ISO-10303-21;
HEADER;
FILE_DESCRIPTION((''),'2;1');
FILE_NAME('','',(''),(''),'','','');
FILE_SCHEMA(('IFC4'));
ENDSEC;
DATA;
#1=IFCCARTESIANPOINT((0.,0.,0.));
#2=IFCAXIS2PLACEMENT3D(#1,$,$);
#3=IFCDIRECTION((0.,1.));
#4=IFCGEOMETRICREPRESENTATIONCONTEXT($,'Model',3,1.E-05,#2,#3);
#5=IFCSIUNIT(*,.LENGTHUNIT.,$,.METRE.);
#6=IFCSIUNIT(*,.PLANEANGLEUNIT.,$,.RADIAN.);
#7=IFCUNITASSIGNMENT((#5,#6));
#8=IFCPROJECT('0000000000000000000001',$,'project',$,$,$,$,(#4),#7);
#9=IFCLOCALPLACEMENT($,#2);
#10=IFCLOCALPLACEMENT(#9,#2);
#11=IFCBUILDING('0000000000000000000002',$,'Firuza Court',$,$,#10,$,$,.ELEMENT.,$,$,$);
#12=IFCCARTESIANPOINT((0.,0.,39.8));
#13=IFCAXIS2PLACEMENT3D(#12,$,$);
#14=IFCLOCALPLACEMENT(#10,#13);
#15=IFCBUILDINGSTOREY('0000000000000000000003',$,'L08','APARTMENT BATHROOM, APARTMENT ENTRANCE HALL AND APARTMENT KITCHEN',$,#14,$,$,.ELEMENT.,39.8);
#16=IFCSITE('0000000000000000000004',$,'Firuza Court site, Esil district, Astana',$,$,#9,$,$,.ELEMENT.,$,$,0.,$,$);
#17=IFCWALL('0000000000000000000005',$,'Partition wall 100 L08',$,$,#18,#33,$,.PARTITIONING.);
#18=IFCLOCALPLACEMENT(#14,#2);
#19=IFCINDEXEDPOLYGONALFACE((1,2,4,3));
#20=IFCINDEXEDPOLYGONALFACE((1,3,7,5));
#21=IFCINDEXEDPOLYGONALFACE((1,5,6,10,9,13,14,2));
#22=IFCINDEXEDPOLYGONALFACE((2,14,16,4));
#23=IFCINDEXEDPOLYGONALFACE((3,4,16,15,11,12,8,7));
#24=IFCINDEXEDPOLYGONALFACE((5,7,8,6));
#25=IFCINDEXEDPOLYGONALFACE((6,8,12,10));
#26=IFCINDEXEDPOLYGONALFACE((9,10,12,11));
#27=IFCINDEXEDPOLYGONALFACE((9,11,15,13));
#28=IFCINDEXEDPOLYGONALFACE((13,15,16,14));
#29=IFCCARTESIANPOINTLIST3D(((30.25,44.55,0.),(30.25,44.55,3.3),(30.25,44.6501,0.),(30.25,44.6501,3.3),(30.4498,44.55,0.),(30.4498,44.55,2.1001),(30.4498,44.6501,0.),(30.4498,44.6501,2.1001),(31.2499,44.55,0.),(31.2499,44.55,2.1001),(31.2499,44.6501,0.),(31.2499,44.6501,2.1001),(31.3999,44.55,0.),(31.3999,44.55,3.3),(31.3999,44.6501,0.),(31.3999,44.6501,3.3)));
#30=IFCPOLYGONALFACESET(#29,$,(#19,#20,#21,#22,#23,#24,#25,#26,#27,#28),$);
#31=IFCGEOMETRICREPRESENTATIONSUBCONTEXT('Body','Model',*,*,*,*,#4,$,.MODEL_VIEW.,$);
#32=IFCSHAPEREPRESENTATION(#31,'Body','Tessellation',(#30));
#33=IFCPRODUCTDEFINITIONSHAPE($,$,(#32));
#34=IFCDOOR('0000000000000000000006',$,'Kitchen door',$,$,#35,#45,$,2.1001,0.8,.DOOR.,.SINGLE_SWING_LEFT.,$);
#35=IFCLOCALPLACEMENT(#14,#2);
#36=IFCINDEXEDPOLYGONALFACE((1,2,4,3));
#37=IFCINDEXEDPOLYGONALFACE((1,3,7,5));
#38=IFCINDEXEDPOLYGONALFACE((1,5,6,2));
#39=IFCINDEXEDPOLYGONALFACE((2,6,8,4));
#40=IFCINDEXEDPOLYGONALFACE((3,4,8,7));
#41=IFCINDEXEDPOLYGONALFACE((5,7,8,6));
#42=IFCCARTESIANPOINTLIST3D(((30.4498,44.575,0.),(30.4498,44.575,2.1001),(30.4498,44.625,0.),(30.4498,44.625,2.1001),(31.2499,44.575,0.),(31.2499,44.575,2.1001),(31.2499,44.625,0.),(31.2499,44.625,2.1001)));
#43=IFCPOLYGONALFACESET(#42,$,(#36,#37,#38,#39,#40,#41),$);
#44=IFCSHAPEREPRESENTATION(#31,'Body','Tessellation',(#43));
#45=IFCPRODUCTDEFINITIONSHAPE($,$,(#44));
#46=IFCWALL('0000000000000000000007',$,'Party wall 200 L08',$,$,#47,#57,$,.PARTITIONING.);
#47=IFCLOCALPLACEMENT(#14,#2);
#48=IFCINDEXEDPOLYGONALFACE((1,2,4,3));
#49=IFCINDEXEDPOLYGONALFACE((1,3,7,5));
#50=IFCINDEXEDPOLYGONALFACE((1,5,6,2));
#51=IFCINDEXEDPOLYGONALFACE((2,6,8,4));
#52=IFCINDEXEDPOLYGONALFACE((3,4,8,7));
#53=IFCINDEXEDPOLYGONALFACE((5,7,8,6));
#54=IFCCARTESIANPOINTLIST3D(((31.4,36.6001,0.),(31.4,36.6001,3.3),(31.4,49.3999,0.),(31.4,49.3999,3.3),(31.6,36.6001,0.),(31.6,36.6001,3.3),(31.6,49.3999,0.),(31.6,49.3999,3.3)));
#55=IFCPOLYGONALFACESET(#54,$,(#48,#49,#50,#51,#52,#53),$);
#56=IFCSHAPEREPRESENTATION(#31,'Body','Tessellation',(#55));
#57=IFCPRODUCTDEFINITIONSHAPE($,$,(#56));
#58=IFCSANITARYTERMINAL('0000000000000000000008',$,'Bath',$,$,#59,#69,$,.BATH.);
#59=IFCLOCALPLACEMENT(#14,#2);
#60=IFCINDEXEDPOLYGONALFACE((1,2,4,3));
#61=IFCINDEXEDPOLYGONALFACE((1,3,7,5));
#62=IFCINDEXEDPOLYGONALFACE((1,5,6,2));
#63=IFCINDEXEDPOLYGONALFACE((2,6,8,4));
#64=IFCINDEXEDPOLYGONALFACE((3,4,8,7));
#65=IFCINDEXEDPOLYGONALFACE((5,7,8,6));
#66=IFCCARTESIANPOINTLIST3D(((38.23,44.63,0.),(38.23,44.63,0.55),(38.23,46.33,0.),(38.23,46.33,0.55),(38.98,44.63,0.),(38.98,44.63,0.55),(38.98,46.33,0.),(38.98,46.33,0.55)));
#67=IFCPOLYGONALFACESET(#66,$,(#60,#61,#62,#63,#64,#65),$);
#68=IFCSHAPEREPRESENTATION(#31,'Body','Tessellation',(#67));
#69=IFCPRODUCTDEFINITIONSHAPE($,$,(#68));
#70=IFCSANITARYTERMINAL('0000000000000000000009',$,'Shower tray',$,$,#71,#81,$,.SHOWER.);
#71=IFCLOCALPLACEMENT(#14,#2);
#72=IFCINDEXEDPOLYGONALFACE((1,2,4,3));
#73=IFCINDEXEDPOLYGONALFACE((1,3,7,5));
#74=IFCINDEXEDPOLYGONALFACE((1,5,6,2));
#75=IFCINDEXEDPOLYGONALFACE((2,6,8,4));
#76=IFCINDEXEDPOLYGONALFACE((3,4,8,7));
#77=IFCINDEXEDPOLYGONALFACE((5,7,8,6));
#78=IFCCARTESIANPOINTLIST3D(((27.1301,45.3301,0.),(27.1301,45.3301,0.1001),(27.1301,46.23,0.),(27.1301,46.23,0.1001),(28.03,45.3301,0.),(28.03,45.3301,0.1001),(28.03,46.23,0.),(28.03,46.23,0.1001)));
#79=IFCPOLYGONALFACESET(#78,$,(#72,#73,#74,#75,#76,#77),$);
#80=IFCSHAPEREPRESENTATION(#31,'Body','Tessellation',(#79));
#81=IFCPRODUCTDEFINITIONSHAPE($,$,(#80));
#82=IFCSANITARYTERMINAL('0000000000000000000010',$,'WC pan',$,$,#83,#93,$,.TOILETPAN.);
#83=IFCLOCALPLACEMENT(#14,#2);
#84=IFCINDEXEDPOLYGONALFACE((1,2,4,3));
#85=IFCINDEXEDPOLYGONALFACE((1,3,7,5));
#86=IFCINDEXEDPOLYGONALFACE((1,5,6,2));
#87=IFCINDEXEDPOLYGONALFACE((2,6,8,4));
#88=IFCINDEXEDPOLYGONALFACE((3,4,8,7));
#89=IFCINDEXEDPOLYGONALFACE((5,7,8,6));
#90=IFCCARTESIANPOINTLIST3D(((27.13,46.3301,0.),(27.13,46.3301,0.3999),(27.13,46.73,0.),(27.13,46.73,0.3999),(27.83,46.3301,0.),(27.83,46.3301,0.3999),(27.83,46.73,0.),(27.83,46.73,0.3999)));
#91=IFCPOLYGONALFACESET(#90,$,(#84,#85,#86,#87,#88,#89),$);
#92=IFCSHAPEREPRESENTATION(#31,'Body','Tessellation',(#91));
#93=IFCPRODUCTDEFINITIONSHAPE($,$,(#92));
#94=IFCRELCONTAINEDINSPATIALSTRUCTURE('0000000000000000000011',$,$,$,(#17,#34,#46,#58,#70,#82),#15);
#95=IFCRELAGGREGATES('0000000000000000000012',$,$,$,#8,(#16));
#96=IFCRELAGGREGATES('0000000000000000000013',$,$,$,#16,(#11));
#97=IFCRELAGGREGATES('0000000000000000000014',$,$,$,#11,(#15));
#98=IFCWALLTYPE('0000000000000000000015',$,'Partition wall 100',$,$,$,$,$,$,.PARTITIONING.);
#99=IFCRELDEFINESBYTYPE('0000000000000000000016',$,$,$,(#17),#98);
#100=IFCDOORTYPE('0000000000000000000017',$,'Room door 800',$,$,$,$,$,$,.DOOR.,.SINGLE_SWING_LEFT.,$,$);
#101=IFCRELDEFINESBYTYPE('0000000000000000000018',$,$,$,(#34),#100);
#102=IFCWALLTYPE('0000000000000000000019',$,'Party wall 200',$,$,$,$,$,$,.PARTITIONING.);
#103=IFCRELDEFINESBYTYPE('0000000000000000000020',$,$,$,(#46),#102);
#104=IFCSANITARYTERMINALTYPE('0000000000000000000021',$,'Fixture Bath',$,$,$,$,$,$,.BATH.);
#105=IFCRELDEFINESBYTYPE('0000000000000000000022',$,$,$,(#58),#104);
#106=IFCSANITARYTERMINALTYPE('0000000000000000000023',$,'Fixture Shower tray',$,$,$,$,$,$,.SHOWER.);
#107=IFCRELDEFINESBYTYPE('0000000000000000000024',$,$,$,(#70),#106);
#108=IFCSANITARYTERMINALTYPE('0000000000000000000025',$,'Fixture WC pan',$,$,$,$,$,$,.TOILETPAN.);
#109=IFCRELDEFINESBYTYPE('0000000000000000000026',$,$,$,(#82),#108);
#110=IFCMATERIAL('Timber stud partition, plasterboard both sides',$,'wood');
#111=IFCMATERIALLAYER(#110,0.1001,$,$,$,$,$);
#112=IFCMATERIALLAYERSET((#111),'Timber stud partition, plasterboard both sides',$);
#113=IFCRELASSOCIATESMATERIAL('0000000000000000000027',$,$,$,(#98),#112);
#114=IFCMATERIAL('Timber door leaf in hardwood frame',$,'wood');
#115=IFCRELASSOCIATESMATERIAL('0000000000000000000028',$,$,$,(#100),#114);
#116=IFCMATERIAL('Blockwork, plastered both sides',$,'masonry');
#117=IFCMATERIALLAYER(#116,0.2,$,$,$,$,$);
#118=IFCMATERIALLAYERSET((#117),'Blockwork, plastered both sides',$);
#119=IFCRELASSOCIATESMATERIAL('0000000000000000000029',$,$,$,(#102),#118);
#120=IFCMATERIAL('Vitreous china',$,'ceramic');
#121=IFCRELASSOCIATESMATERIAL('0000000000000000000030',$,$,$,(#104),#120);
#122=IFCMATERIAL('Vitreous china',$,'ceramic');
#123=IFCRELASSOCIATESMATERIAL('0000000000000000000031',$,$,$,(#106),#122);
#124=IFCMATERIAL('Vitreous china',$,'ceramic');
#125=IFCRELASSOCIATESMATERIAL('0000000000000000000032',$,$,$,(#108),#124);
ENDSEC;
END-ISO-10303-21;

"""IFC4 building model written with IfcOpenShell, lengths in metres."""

from ifc_helpers import new_model, si_unit, direction, frame, frame_2d, origin, origin_2d, place, context, subcontext, project, spatial, rectangle, extrude, material, layer, layer_set, type_object, element, fill, save


model = new_model("IFC4")

# Units and contexts
model_context = context("Model", 3, precision=1e-05, world=origin(), true_north=direction((0.0, 1.0)))
body_context = subcontext(model_context, "Body", "Model", "MODEL_VIEW")
ifc_project = project(units=[si_unit("LENGTHUNIT", "METRE"), si_unit("PLANEANGLEUNIT", "RADIAN")], contexts=[model_context])

# Site, building, storey
site_placement = place(None, origin())
site = spatial("IfcSite", under=ifc_project, at=site_placement, Name="Firuza Court site, Esil district, Astana", CompositionType="ELEMENT", RefElevation=0.0)
building_placement = place(site_placement, origin())
building = spatial("IfcBuilding", under=site, at=building_placement, Name="Firuza Court", CompositionType="ELEMENT")
storey_placement = place(building_placement, frame((0.0, 0.0, 39.8)))
storey = spatial("IfcBuildingStorey", under=building, at=storey_placement, Name="L08", Description="APARTMENT BATHROOM, APARTMENT ENTRANCE HALL AND APARTMENT KITCHEN", CompositionType="ELEMENT", Elevation=39.8)

# Shared definitions
ifc_material_1 = material(Name="Timber stud partition, plasterboard both sides", Category="wood")
ifc_layer_1 = layer(ifc_material_1, 0.1001)
ifc_layer_set_1 = layer_set([ifc_layer_1], Name="Timber stud partition, plasterboard both sides")
wall_type_1 = type_object("IfcWallType", Name="Partition wall 100", PredefinedType="PARTITIONING", material=ifc_layer_set_1)

# Wall, opening, door
wall_1_placement = place(storey_placement, frame((30.25, 44.6001, 0.0), z_axis=(0.0, 0.0, 1.0), x_axis=(1.0, 0.0, 0.0)))
wall_1 = element("IfcWall", 1, at=wall_1_placement, inside=storey, type_object=wall_type_1, Name="Partition wall 100 L08", PredefinedType="PARTITIONING", context=body_context, shape_type="SweptSolid", body=[
    extrude(rectangle(XDim=1.1499, YDim=0.1001, at=frame_2d((0.575, 0.0))), origin(), (0.0, 0.0, 1.0), 3.3),
])
opening_1_placement = place(wall_1_placement, frame((0.2, 0.0, 0.0)))
opening_1 = element("IfcOpeningElement", 2, at=opening_1_placement, cuts=wall_1, PredefinedType="OPENING", context=body_context, shape_type="SweptSolid", body=[
    extrude(rectangle(XDim=0.8, YDim=2.1001, at=frame_2d((0.3999, 1.05))), frame((0.0, 0.062, 0.0), z_axis=(0.0, -1.0, 0.0), x_axis=(1.0, 0.0, 0.0)), (0.0, 0.0, 1.0), 0.124),
])
ifc_material_2 = material(Name="Timber door leaf in hardwood frame", Category="wood")
door_type_1 = type_object("IfcDoorType", Name="Room door 800", OperationType="SINGLE_SWING_LEFT", PredefinedType="DOOR", material=ifc_material_2)
door_1_placement = place(opening_1_placement, origin())
door_1 = element("IfcDoor", 3, at=door_1_placement, inside=storey, type_object=door_type_1, Name="Kitchen door", OperationType="SINGLE_SWING_LEFT", OverallHeight=2.1001, OverallWidth=0.8, PredefinedType="DOOR", context=body_context, shape_type="SweptSolid", body=[
    extrude(rectangle(XDim=0.8, YDim=2.1001, at=frame_2d((0.3999, 1.05))), frame((0.0, 0.0249, 0.0), z_axis=(0.0, -1.0, 0.0), x_axis=(1.0, 0.0, 0.0)), (0.0, 0.0, 1.0), 0.05),
])
fill(opening_1, door_1)

# Wall
ifc_material_3 = material(Name="Blockwork, plastered both sides", Category="masonry")
ifc_layer_2 = layer(ifc_material_3, 0.2)
ifc_layer_set_2 = layer_set([ifc_layer_2], Name="Blockwork, plastered both sides")
wall_type_2 = type_object("IfcWallType", Name="Party wall 200", PredefinedType="PARTITIONING", material=ifc_layer_set_2)
wall_2_placement = place(storey_placement, frame((31.5, 36.6001, 0.0), z_axis=(0.0, 0.0, 1.0), x_axis=(0.0, 1.0, 0.0)))
element("IfcWall", 4, at=wall_2_placement, inside=storey, type_object=wall_type_2, Name="Party wall 200 L08", PredefinedType="PARTITIONING", context=body_context, shape_type="SweptSolid", body=[
    extrude(rectangle(XDim=12.7998, YDim=0.2, at=frame_2d((6.3999, 0.0))), origin(), (0.0, 0.0, 1.0), 3.3),
])

# Sanitary terminals
ifc_material_4 = material(Name="Vitreous china", Category="ceramic")
sanitary_terminal_type_1 = type_object("IfcSanitaryTerminalType", Name="Fixture Bath", PredefinedType="BATH", material=ifc_material_4)
sanitary_terminal_1_placement = place(storey_placement, frame((38.605, 45.48, 0.0), z_axis=(0.0, 0.0, 1.0), x_axis=(1.0, 0.0, 0.0)))
element("IfcSanitaryTerminal", 5, at=sanitary_terminal_1_placement, inside=storey, type_object=sanitary_terminal_type_1, Name="Bath", PredefinedType="BATH", context=body_context, shape_type="SweptSolid", body=[
    extrude(rectangle(XDim=0.75, YDim=1.7, at=origin_2d()), origin(), (0.0, 0.0, 1.0), 0.55),
])
ifc_material_5 = material(Name="Vitreous china", Category="ceramic")
sanitary_terminal_type_2 = type_object("IfcSanitaryTerminalType", Name="Fixture Shower tray", PredefinedType="SHOWER", material=ifc_material_5)
sanitary_terminal_2_placement = place(storey_placement, frame((27.5801, 45.78, 0.0), z_axis=(0.0, 0.0, 1.0), x_axis=(1.0, 0.0, 0.0)))
element("IfcSanitaryTerminal", 6, at=sanitary_terminal_2_placement, inside=storey, type_object=sanitary_terminal_type_2, Name="Shower tray", PredefinedType="SHOWER", context=body_context, shape_type="SweptSolid", body=[
    extrude(rectangle(XDim=0.8999, YDim=0.8999, at=origin_2d()), origin(), (0.0, 0.0, 1.0), 0.1001),
])
ifc_material_6 = material(Name="Vitreous china", Category="ceramic")
sanitary_terminal_type_3 = type_object("IfcSanitaryTerminalType", Name="Fixture WC pan", PredefinedType="TOILETPAN", material=ifc_material_6)
sanitary_terminal_3_placement = place(storey_placement, frame((27.48, 46.53, 0.0), z_axis=(0.0, 0.0, 1.0), x_axis=(1.0, 0.0, 0.0)))
element("IfcSanitaryTerminal", 7, at=sanitary_terminal_3_placement, inside=storey, type_object=sanitary_terminal_type_3, Name="WC pan", PredefinedType="TOILETPAN", context=body_context, shape_type="SweptSolid", body=[
    extrude(rectangle(XDim=0.7, YDim=0.3999, at=origin_2d()), origin(), (0.0, 0.0, 1.0), 0.3999),
])

save(model, "model.ifc")
